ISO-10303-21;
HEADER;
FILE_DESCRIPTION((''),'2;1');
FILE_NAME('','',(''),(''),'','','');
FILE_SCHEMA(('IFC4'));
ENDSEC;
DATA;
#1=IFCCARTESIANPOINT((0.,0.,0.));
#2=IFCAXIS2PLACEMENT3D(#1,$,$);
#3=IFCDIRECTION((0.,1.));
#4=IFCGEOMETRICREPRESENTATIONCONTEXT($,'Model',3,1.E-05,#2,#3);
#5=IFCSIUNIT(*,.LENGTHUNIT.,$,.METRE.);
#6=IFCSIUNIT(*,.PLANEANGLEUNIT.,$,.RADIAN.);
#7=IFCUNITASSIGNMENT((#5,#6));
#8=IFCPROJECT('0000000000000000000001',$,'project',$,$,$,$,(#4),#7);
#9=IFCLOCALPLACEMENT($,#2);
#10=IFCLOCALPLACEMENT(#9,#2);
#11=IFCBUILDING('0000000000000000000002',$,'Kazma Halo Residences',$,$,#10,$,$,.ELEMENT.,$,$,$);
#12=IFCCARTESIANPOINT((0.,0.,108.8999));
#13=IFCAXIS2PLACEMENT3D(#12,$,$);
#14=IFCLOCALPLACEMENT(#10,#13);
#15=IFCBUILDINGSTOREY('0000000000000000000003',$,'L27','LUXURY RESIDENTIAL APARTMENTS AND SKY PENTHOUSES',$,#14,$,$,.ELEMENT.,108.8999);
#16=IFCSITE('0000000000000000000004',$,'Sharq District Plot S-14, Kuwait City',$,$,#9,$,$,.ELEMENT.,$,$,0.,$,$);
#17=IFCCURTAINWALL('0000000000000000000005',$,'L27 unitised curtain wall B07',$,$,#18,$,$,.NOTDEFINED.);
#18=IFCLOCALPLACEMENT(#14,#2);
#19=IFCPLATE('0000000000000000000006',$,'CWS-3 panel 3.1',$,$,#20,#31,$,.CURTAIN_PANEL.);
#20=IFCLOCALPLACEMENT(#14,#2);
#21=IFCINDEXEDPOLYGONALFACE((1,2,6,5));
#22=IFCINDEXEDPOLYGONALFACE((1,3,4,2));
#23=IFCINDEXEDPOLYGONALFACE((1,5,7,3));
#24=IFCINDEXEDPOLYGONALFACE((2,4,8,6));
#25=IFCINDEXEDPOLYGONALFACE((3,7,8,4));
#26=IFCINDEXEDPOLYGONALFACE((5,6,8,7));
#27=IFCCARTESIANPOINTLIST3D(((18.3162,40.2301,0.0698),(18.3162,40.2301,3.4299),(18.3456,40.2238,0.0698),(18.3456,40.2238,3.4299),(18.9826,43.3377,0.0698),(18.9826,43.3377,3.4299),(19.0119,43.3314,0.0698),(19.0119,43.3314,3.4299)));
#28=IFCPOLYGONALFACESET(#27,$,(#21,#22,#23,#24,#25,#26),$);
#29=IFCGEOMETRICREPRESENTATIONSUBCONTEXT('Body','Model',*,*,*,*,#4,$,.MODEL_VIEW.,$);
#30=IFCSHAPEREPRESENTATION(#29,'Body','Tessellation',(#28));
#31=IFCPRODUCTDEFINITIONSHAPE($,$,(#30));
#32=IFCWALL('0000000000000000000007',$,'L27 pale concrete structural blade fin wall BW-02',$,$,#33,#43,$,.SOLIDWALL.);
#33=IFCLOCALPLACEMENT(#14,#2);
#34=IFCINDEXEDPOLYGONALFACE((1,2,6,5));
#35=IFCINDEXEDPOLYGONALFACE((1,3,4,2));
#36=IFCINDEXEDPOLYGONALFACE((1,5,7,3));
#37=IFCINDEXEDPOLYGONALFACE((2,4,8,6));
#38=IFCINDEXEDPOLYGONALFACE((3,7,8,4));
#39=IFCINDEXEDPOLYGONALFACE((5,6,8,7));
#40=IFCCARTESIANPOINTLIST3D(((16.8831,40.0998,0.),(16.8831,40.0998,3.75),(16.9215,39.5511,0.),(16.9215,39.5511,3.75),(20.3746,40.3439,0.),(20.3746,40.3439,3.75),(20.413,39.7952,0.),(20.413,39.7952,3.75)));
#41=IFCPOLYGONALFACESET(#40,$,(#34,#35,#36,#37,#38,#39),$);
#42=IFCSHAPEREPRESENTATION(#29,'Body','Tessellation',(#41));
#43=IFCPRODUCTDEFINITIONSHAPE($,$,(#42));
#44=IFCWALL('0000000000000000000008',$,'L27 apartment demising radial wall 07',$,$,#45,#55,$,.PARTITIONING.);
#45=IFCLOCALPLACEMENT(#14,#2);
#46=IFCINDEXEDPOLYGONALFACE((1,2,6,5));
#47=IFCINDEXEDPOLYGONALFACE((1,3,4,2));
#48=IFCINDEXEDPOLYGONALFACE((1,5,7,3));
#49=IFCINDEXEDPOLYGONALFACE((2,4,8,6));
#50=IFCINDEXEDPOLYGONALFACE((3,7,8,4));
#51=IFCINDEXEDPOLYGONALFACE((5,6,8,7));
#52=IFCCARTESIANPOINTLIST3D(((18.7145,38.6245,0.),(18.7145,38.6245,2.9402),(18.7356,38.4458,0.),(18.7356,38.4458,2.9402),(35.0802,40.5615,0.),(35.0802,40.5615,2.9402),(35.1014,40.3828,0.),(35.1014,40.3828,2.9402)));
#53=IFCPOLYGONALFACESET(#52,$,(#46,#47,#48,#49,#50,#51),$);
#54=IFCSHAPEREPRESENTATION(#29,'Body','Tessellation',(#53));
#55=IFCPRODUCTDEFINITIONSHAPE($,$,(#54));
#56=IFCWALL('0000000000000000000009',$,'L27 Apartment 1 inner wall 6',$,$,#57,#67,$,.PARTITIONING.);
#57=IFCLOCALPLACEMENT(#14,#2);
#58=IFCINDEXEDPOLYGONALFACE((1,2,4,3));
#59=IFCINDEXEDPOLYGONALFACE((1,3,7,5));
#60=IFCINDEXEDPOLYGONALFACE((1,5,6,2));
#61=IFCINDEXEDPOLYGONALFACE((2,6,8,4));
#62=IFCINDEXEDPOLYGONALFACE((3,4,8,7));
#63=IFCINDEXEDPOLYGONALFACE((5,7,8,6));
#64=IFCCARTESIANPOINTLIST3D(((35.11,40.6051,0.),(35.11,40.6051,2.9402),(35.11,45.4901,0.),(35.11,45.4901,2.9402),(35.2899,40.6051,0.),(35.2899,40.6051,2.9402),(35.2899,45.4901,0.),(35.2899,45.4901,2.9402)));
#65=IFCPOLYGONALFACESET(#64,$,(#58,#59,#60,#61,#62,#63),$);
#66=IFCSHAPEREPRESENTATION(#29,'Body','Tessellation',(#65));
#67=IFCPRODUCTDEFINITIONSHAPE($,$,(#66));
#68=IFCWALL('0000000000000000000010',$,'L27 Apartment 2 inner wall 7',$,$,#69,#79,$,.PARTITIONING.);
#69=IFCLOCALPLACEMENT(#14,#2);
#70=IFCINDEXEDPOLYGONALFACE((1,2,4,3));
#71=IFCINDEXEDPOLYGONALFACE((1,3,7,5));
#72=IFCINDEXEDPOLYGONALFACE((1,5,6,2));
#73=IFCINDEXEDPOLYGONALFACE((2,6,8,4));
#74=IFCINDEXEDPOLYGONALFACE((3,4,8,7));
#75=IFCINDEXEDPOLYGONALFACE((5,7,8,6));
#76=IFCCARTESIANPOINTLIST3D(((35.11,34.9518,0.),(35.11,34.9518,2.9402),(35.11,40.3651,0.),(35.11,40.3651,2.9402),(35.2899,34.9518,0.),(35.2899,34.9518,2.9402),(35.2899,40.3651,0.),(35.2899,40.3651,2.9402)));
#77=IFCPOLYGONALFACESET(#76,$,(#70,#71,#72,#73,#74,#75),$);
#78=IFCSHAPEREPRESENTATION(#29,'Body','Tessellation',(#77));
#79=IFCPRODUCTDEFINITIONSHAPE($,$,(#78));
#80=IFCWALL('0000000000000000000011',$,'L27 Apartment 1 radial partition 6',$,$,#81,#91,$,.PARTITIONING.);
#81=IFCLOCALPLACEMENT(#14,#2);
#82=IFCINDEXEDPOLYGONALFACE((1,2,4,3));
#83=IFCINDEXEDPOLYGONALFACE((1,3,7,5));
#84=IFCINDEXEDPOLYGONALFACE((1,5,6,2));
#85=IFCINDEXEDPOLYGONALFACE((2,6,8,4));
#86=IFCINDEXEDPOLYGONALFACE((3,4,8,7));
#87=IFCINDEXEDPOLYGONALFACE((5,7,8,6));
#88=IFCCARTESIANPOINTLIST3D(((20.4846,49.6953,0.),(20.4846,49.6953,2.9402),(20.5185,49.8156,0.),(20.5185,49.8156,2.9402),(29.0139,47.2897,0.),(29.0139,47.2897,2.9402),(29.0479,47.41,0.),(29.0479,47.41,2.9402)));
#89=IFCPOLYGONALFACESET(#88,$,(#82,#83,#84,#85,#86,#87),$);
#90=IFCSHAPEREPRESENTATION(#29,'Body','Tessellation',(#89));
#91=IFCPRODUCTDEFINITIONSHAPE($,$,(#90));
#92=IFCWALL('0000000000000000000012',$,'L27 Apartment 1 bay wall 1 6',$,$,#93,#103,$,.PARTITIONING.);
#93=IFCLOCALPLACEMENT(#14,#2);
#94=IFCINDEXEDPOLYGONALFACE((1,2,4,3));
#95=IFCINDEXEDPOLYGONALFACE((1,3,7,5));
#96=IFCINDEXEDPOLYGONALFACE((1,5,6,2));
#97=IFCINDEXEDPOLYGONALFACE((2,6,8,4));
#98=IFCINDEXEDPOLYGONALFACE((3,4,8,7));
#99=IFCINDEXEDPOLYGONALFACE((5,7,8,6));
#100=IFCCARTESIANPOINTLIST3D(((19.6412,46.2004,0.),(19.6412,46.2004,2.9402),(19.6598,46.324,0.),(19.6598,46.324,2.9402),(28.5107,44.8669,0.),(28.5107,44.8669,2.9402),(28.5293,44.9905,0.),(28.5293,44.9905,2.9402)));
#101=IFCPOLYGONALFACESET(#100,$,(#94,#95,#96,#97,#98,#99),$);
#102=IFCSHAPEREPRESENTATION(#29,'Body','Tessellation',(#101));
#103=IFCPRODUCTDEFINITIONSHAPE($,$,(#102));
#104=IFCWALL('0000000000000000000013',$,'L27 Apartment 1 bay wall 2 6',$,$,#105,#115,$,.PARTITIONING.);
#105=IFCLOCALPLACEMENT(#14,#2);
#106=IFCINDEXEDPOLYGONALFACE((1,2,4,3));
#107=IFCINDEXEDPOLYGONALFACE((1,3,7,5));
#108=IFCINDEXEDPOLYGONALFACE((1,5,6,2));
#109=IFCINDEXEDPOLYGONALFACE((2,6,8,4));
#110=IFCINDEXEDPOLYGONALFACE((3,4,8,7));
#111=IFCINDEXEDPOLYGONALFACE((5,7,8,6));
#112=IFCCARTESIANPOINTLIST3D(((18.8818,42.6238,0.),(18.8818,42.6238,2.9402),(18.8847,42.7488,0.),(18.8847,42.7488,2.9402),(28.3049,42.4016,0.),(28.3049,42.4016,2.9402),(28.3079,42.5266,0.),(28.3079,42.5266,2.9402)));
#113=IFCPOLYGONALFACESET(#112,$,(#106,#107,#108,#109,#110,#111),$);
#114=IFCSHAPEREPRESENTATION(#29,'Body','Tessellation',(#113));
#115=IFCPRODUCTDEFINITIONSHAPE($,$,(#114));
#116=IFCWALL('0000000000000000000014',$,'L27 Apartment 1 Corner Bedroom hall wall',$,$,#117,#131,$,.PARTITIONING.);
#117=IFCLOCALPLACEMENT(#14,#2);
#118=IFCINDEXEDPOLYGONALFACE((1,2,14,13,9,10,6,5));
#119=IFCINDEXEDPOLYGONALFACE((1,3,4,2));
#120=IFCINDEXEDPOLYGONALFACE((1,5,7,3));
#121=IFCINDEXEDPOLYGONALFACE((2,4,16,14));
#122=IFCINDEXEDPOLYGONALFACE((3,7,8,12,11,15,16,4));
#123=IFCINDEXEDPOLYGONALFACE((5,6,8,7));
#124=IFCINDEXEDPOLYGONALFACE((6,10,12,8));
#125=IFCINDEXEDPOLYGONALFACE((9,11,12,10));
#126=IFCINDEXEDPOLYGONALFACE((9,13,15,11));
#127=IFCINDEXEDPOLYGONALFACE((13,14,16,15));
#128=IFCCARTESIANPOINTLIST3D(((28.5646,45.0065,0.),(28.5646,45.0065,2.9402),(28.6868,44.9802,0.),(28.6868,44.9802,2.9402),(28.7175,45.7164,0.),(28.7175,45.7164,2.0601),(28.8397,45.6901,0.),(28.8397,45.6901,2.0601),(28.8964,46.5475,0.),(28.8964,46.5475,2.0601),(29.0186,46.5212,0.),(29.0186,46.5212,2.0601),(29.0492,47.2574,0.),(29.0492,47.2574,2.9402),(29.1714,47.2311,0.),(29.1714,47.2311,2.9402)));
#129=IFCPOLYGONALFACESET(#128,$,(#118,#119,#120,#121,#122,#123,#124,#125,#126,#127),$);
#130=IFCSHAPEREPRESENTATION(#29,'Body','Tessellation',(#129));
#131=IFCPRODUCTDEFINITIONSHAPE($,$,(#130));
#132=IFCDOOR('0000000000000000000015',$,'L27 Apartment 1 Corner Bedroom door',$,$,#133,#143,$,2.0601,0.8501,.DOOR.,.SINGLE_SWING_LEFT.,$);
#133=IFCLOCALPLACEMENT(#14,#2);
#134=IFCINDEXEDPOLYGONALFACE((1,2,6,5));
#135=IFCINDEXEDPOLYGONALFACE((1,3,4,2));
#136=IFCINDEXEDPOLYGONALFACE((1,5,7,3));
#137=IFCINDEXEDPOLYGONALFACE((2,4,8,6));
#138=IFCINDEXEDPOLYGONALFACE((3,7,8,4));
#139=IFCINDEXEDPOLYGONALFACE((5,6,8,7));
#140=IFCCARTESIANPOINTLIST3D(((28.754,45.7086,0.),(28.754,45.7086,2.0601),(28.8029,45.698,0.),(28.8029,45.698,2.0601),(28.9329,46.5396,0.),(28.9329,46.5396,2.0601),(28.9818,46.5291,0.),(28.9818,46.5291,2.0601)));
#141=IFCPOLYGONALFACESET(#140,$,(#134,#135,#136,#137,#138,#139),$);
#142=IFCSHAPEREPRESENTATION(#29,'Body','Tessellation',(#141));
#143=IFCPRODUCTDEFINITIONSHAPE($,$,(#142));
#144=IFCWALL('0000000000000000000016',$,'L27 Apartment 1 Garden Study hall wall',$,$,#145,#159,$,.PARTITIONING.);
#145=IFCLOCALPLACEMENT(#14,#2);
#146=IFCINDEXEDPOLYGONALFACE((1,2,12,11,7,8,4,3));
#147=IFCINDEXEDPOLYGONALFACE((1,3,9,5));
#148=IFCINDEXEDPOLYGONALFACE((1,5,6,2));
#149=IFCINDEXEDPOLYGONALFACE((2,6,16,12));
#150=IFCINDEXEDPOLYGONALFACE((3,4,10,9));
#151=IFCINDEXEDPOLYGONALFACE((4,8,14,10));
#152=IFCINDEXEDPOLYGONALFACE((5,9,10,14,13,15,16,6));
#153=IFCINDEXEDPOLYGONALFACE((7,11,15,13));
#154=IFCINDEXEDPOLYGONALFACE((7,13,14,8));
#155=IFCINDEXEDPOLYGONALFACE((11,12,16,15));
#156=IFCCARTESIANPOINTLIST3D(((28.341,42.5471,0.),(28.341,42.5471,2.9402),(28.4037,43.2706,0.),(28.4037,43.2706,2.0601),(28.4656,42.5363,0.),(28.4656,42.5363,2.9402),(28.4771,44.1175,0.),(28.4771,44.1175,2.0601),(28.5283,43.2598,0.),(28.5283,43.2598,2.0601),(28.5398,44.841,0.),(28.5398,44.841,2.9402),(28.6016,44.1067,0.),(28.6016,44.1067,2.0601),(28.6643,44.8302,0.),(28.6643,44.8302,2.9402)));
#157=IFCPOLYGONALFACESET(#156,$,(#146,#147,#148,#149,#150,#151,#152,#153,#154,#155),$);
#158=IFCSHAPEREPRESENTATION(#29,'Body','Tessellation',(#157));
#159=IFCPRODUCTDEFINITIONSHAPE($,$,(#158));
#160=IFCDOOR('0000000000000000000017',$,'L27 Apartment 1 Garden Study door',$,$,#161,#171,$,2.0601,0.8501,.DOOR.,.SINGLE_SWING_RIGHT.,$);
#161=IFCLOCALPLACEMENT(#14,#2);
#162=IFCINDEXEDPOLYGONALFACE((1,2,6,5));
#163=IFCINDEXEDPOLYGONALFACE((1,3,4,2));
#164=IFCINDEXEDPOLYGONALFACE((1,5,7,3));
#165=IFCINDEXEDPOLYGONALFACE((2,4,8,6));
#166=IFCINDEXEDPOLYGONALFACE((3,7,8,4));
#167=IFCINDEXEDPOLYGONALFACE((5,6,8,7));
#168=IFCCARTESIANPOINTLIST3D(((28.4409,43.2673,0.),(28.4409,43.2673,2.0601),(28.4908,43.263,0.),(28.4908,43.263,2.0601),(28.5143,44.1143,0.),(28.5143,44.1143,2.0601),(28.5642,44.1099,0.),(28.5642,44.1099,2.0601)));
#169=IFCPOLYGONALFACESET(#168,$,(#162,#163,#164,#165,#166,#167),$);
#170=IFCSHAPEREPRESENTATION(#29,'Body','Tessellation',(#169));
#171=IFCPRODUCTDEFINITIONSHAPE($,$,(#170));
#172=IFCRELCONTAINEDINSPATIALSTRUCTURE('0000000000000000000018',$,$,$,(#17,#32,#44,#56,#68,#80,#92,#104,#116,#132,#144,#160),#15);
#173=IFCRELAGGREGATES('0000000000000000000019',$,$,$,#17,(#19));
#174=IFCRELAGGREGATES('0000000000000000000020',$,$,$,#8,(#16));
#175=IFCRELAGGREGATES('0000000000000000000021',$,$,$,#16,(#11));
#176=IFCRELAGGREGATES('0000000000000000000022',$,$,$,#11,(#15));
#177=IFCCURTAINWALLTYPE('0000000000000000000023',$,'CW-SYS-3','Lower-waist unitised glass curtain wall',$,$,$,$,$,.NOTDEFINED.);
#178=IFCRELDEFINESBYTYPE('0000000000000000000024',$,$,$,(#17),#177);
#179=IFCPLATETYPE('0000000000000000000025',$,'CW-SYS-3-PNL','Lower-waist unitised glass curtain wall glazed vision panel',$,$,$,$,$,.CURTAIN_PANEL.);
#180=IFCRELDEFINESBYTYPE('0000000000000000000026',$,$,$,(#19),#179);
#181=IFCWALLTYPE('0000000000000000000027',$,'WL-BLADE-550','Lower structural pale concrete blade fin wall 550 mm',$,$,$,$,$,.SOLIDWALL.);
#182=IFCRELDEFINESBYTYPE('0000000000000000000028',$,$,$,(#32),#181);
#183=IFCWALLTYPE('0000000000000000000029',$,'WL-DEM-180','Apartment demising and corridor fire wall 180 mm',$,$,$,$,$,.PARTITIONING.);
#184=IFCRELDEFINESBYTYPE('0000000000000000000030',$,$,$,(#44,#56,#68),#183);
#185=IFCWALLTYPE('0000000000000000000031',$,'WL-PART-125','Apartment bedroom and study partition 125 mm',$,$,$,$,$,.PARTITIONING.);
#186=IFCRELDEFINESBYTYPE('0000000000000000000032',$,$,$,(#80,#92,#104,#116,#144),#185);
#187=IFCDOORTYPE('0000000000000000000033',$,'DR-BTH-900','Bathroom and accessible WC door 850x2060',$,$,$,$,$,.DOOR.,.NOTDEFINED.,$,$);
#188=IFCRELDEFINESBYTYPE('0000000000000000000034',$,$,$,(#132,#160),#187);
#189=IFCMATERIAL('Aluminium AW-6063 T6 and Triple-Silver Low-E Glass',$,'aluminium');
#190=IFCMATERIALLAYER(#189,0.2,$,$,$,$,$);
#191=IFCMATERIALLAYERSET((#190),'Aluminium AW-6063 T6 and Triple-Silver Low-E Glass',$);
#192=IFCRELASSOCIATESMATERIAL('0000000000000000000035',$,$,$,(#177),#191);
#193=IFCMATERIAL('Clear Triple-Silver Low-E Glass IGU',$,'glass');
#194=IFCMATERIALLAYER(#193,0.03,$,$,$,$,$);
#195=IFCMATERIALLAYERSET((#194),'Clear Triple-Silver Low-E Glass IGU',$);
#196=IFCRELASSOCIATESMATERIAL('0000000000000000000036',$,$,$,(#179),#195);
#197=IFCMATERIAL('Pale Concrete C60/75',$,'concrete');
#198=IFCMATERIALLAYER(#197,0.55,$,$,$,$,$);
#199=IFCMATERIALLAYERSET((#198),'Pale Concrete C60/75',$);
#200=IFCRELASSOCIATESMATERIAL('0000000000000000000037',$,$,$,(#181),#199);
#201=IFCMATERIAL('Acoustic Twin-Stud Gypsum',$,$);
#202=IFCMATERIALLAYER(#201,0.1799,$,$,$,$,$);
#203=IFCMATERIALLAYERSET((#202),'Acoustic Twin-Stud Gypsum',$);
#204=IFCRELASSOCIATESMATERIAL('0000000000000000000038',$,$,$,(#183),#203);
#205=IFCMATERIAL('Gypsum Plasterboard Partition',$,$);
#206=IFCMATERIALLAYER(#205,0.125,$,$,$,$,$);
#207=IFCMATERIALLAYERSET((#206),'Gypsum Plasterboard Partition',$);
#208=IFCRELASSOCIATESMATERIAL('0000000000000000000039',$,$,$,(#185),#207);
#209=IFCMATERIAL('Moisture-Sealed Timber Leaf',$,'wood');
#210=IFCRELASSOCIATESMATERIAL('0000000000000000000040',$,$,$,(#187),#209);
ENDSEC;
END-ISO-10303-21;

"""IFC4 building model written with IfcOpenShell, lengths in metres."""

from ifc_helpers import new_model, si_unit, direction, frame, frame_2d, origin, origin_2d, place, context, subcontext, project, spatial, rectangle, extrude, material, layer, layer_set, type_object, element, fill, aggregate, save


model = new_model("IFC4")

# Units and contexts
model_context = context("Model", 3, precision=1e-05, world=origin(), true_north=direction((0.0, 1.0)))
body_context = subcontext(model_context, "Body", "Model", "MODEL_VIEW")
ifc_project = project(units=[si_unit("LENGTHUNIT", "METRE"), si_unit("PLANEANGLEUNIT", "RADIAN")], contexts=[model_context])

# Site, building, storey
site_placement = place(None, origin())
site = spatial("IfcSite", under=ifc_project, at=site_placement, Name="Sharq District Plot S-14, Kuwait City", CompositionType="ELEMENT", RefElevation=0.0)
building_placement = place(site_placement, origin())
building = spatial("IfcBuilding", under=site, at=building_placement, Name="Kazma Halo Residences", CompositionType="ELEMENT")
storey_placement = place(building_placement, frame((0.0, 0.0, 108.8999)))
storey = spatial("IfcBuildingStorey", under=building, at=storey_placement, Name="L27", Description="LUXURY RESIDENTIAL APARTMENTS AND SKY PENTHOUSES", CompositionType="ELEMENT", Elevation=108.8999)

# Curtain wall, plate
ifc_material_1 = material(Name="Aluminium AW-6063 T6 and Triple-Silver Low-E Glass", Category="aluminium")
ifc_layer_1 = layer(ifc_material_1, 0.2)
ifc_layer_set_1 = layer_set([ifc_layer_1], Name="Aluminium AW-6063 T6 and Triple-Silver Low-E Glass")
curtain_wall_type = type_object("IfcCurtainWallType", Name="CW-SYS-3", Description="Lower-waist unitised glass curtain wall", PredefinedType="NOTDEFINED", material=ifc_layer_set_1)
curtain_wall_placement = place(storey_placement, origin())
curtain_wall = element("IfcCurtainWall", 1, at=curtain_wall_placement, inside=storey, type_object=curtain_wall_type, Name="L27 unitised curtain wall B07", PredefinedType="NOTDEFINED")
ifc_material_2 = material(Name="Clear Triple-Silver Low-E Glass IGU", Category="glass")
ifc_layer_2 = layer(ifc_material_2, 0.03)
ifc_layer_set_2 = layer_set([ifc_layer_2], Name="Clear Triple-Silver Low-E Glass IGU")
plate_type = type_object("IfcPlateType", Name="CW-SYS-3-PNL", Description="Lower-waist unitised glass curtain wall glazed vision panel", PredefinedType="CURTAIN_PANEL", material=ifc_layer_set_2)
plate_1_placement = place(storey_placement, frame((18.6641, 41.7808, 0.0698), z_axis=(0.0, 0.0, 1.0), x_axis=(-0.209661, -0.977774, 0.0)))
plate_1 = element("IfcPlate", 2, at=plate_1_placement, type_object=plate_type, Name="CWS-3 panel 3.1", PredefinedType="CURTAIN_PANEL", context=body_context, shape_type="SweptSolid", body=[
    extrude(rectangle(XDim=3.1782, YDim=0.03, at=origin_2d()), origin(), (0.0, 0.0, 1.0), 3.3601),
])
aggregate(curtain_wall, [plate_1])

# Walls
ifc_material_3 = material(Name="Pale Concrete C60/75", Category="concrete")
ifc_layer_3 = layer(ifc_material_3, 0.55)
ifc_layer_set_3 = layer_set([ifc_layer_3], Name="Pale Concrete C60/75")
wall_type_1 = type_object("IfcWallType", Name="WL-BLADE-550", Description="Lower structural pale concrete blade fin wall 550 mm", PredefinedType="SOLIDWALL", material=ifc_layer_set_3)
wall_1_placement = place(storey_placement, frame((20.3938, 40.0696, 0.0), z_axis=(0.0, 0.0, 1.0), x_axis=(-0.997564, -0.069755, 0.0)))
element("IfcWall", 3, at=wall_1_placement, inside=storey, type_object=wall_type_1, Name="L27 pale concrete structural blade fin wall BW-02", PredefinedType="SOLIDWALL", context=body_context, shape_type="SweptSolid", body=[
    extrude(rectangle(XDim=3.5, YDim=0.55, at=frame_2d((1.75, 0.0))), origin(), (0.0, 0.0, 1.0), 3.75),
])
ifc_material_4 = material(Name="Acoustic Twin-Stud Gypsum")
ifc_layer_4 = layer(ifc_material_4, 0.1799)
ifc_layer_set_4 = layer_set([ifc_layer_4], Name="Acoustic Twin-Stud Gypsum")
wall_type_2 = type_object("IfcWallType", Name="WL-DEM-180", Description="Apartment demising and corridor fire wall 180 mm", PredefinedType="PARTITIONING", material=ifc_layer_set_4)
wall_2_placement = place(storey_placement, frame((35.0908, 40.4722, 0.0), z_axis=(0.0, 0.0, 1.0), x_axis=(-0.993068, -0.117537, 0.0)))
element("IfcWall", 4, at=wall_2_placement, inside=storey, type_object=wall_type_2, Name="L27 apartment demising radial wall 07", PredefinedType="PARTITIONING", context=body_context, shape_type="SweptSolid", body=[
    extrude(rectangle(XDim=16.48, YDim=0.1799, at=frame_2d((8.24, 0.0))), origin(), (0.0, 0.0, 1.0), 2.9402),
])
wall_3_placement = place(storey_placement, frame((35.2, 45.49, 0.0), z_axis=(0.0, 0.0, 1.0), x_axis=(0.0, -1.0, 0.0)))
element("IfcWall", 5, at=wall_3_placement, inside=storey, type_object=wall_type_2, Name="L27 Apartment 1 inner wall 6", PredefinedType="PARTITIONING", context=body_context, shape_type="SweptSolid", body=[
    extrude(rectangle(XDim=4.885, YDim=0.1799, at=frame_2d((2.4424, 0.0))), origin(), (0.0, 0.0, 1.0), 2.9402),
])
wall_4_placement = place(storey_placement, frame((35.2, 40.365, 0.0), z_axis=(0.0, 0.0, 1.0), x_axis=(0.0, -1.0, 0.0)))
element("IfcWall", 6, at=wall_4_placement, inside=storey, type_object=wall_type_2, Name="L27 Apartment 2 inner wall 7", PredefinedType="PARTITIONING", context=body_context, shape_type="SweptSolid", body=[
    extrude(rectangle(XDim=5.4133, YDim=0.1799, at=frame_2d((2.7065, 0.0))), origin(), (0.0, 0.0, 1.0), 2.9402),
])
ifc_material_5 = material(Name="Gypsum Plasterboard Partition")
ifc_layer_5 = layer(ifc_material_5, 0.125)
ifc_layer_set_5 = layer_set([ifc_layer_5], Name="Gypsum Plasterboard Partition")
wall_type_3 = type_object("IfcWallType", Name="WL-PART-125", Description="Apartment bedroom and study partition 125 mm", PredefinedType="PARTITIONING", material=ifc_layer_set_5)
wall_5_placement = place(storey_placement, frame((29.031, 47.3499, 0.0), z_axis=(0.0, 0.0, 1.0), x_axis=(-0.962455, 0.271441, 0.0)))
element("IfcWall", 7, at=wall_5_placement, inside=storey, type_object=wall_type_3, Name="L27 Apartment 1 radial partition 6", PredefinedType="PARTITIONING", context=body_context, shape_type="SweptSolid", body=[
    extrude(rectangle(XDim=8.8621, YDim=0.125, at=frame_2d((4.4312, 0.0))), origin(), (0.0, 0.0, 1.0), 2.9402),
])
wall_6_placement = place(storey_placement, frame((28.52, 44.9287, 0.0), z_axis=(0.0, 0.0, 1.0), x_axis=(-0.988886, 0.148673, 0.0)))
element("IfcWall", 8, at=wall_6_placement, inside=storey, type_object=wall_type_3, Name="L27 Apartment 1 bay wall 1 6", PredefinedType="PARTITIONING", context=body_context, shape_type="SweptSolid", body=[
    extrude(rectangle(XDim=8.9692, YDim=0.125, at=frame_2d((4.4846, 0.0))), origin(), (0.0, 0.0, 1.0), 2.9402),
])
wall_7_placement = place(storey_placement, frame((28.3064, 42.4641, 0.0), z_axis=(0.0, 0.0, 1.0), x_axis=(-0.999722, 0.02357, 0.0)))
element("IfcWall", 9, at=wall_7_placement, inside=storey, type_object=wall_type_3, Name="L27 Apartment 1 bay wall 2 6", PredefinedType="PARTITIONING", context=body_context, shape_type="SweptSolid", body=[
    extrude(rectangle(XDim=9.4258, YDim=0.125, at=frame_2d((4.7129, 0.0))), origin(), (0.0, 0.0, 1.0), 2.9402),
])

# Walls, openings, doors
wall_8_placement = place(storey_placement, frame((29.1104, 47.2444, 0.0), z_axis=(0.0, 0.0, 1.0), x_axis=(-0.21047, -0.9776, 0.0)))
wall_8 = element("IfcWall", 10, at=wall_8_placement, inside=storey, type_object=wall_type_3, Name="L27 Apartment 1 Corner Bedroom hall wall", PredefinedType="PARTITIONING", context=body_context, shape_type="SweptSolid", body=[
    extrude(rectangle(XDim=2.3025, YDim=0.125, at=frame_2d((1.1514, 0.0))), origin(), (0.0, 0.0, 1.0), 2.9402),
])
opening_1_placement = place(wall_8_placement, frame((0.7263, 0.0, 0.0)))
opening_1 = element("IfcOpeningElement", 11, at=opening_1_placement, cuts=wall_8, PredefinedType="OPENING", context=body_context, shape_type="SweptSolid", body=[
    extrude(rectangle(XDim=0.8501, YDim=2.0601, at=frame_2d((0.425, 1.03))), frame((0.0, 0.0725, 0.0), z_axis=(0.0, -1.0, 0.0), x_axis=(1.0, 0.0, 0.0)), (0.0, 0.0, 1.0), 0.145),
])
ifc_material_6 = material(Name="Moisture-Sealed Timber Leaf", Category="wood")
door_type = type_object("IfcDoorType", Name="DR-BTH-900", Description="Bathroom and accessible WC door 850x2060", OperationType="NOTDEFINED", PredefinedType="DOOR", material=ifc_material_6)
door_1_placement = place(opening_1_placement, origin())
door_1 = element("IfcDoor", 12, at=door_1_placement, inside=storey, type_object=door_type, Name="L27 Apartment 1 Corner Bedroom door", OperationType="SINGLE_SWING_LEFT", OverallHeight=2.0601, OverallWidth=0.8501, PredefinedType="DOOR", context=body_context, shape_type="SweptSolid", body=[
    extrude(rectangle(XDim=0.8501, YDim=2.0601, at=frame_2d((0.425, 1.03))), frame((0.0, 0.0249, 0.0), z_axis=(0.0, -1.0, 0.0), x_axis=(1.0, 0.0, 0.0)), (0.0, 0.0, 1.0), 0.05),
])
fill(opening_1, door_1)
wall_9_placement = place(storey_placement, frame((28.6021, 44.8357, 0.0), z_axis=(0.0, 0.0, 1.0), x_axis=(-0.086309, -0.996268, 0.0)))
wall_9 = element("IfcWall", 13, at=wall_9_placement, inside=storey, type_object=wall_type_3, Name="L27 Apartment 1 Garden Study hall wall", PredefinedType="PARTITIONING", context=body_context, shape_type="SweptSolid", body=[
    extrude(rectangle(XDim=2.3025, YDim=0.125, at=frame_2d((1.1514, 0.0))), origin(), (0.0, 0.0, 1.0), 2.9402),
])
opening_2_placement = place(wall_9_placement, frame((0.7263, 0.0, 0.0)))
opening_2 = element("IfcOpeningElement", 14, at=opening_2_placement, cuts=wall_9, PredefinedType="OPENING", context=body_context, shape_type="SweptSolid", body=[
    extrude(rectangle(XDim=0.8501, YDim=2.0601, at=frame_2d((0.425, 1.03))), frame((0.0, 0.0725, 0.0), z_axis=(0.0, -1.0, 0.0), x_axis=(1.0, 0.0, 0.0)), (0.0, 0.0, 1.0), 0.145),
])
door_2_placement = place(opening_2_placement, origin())
door_2 = element("IfcDoor", 15, at=door_2_placement, inside=storey, type_object=door_type, Name="L27 Apartment 1 Garden Study door", OperationType="SINGLE_SWING_RIGHT", OverallHeight=2.0601, OverallWidth=0.8501, PredefinedType="DOOR", context=body_context, shape_type="SweptSolid", body=[
    extrude(rectangle(XDim=0.8501, YDim=2.0601, at=frame_2d((0.425, 1.03))), frame((0.0, 0.0249, 0.0), z_axis=(0.0, -1.0, 0.0), x_axis=(1.0, 0.0, 0.0)), (0.0, 0.0, 1.0), 0.05),
])
fill(opening_2, door_2)

save(model, "model.ifc")
